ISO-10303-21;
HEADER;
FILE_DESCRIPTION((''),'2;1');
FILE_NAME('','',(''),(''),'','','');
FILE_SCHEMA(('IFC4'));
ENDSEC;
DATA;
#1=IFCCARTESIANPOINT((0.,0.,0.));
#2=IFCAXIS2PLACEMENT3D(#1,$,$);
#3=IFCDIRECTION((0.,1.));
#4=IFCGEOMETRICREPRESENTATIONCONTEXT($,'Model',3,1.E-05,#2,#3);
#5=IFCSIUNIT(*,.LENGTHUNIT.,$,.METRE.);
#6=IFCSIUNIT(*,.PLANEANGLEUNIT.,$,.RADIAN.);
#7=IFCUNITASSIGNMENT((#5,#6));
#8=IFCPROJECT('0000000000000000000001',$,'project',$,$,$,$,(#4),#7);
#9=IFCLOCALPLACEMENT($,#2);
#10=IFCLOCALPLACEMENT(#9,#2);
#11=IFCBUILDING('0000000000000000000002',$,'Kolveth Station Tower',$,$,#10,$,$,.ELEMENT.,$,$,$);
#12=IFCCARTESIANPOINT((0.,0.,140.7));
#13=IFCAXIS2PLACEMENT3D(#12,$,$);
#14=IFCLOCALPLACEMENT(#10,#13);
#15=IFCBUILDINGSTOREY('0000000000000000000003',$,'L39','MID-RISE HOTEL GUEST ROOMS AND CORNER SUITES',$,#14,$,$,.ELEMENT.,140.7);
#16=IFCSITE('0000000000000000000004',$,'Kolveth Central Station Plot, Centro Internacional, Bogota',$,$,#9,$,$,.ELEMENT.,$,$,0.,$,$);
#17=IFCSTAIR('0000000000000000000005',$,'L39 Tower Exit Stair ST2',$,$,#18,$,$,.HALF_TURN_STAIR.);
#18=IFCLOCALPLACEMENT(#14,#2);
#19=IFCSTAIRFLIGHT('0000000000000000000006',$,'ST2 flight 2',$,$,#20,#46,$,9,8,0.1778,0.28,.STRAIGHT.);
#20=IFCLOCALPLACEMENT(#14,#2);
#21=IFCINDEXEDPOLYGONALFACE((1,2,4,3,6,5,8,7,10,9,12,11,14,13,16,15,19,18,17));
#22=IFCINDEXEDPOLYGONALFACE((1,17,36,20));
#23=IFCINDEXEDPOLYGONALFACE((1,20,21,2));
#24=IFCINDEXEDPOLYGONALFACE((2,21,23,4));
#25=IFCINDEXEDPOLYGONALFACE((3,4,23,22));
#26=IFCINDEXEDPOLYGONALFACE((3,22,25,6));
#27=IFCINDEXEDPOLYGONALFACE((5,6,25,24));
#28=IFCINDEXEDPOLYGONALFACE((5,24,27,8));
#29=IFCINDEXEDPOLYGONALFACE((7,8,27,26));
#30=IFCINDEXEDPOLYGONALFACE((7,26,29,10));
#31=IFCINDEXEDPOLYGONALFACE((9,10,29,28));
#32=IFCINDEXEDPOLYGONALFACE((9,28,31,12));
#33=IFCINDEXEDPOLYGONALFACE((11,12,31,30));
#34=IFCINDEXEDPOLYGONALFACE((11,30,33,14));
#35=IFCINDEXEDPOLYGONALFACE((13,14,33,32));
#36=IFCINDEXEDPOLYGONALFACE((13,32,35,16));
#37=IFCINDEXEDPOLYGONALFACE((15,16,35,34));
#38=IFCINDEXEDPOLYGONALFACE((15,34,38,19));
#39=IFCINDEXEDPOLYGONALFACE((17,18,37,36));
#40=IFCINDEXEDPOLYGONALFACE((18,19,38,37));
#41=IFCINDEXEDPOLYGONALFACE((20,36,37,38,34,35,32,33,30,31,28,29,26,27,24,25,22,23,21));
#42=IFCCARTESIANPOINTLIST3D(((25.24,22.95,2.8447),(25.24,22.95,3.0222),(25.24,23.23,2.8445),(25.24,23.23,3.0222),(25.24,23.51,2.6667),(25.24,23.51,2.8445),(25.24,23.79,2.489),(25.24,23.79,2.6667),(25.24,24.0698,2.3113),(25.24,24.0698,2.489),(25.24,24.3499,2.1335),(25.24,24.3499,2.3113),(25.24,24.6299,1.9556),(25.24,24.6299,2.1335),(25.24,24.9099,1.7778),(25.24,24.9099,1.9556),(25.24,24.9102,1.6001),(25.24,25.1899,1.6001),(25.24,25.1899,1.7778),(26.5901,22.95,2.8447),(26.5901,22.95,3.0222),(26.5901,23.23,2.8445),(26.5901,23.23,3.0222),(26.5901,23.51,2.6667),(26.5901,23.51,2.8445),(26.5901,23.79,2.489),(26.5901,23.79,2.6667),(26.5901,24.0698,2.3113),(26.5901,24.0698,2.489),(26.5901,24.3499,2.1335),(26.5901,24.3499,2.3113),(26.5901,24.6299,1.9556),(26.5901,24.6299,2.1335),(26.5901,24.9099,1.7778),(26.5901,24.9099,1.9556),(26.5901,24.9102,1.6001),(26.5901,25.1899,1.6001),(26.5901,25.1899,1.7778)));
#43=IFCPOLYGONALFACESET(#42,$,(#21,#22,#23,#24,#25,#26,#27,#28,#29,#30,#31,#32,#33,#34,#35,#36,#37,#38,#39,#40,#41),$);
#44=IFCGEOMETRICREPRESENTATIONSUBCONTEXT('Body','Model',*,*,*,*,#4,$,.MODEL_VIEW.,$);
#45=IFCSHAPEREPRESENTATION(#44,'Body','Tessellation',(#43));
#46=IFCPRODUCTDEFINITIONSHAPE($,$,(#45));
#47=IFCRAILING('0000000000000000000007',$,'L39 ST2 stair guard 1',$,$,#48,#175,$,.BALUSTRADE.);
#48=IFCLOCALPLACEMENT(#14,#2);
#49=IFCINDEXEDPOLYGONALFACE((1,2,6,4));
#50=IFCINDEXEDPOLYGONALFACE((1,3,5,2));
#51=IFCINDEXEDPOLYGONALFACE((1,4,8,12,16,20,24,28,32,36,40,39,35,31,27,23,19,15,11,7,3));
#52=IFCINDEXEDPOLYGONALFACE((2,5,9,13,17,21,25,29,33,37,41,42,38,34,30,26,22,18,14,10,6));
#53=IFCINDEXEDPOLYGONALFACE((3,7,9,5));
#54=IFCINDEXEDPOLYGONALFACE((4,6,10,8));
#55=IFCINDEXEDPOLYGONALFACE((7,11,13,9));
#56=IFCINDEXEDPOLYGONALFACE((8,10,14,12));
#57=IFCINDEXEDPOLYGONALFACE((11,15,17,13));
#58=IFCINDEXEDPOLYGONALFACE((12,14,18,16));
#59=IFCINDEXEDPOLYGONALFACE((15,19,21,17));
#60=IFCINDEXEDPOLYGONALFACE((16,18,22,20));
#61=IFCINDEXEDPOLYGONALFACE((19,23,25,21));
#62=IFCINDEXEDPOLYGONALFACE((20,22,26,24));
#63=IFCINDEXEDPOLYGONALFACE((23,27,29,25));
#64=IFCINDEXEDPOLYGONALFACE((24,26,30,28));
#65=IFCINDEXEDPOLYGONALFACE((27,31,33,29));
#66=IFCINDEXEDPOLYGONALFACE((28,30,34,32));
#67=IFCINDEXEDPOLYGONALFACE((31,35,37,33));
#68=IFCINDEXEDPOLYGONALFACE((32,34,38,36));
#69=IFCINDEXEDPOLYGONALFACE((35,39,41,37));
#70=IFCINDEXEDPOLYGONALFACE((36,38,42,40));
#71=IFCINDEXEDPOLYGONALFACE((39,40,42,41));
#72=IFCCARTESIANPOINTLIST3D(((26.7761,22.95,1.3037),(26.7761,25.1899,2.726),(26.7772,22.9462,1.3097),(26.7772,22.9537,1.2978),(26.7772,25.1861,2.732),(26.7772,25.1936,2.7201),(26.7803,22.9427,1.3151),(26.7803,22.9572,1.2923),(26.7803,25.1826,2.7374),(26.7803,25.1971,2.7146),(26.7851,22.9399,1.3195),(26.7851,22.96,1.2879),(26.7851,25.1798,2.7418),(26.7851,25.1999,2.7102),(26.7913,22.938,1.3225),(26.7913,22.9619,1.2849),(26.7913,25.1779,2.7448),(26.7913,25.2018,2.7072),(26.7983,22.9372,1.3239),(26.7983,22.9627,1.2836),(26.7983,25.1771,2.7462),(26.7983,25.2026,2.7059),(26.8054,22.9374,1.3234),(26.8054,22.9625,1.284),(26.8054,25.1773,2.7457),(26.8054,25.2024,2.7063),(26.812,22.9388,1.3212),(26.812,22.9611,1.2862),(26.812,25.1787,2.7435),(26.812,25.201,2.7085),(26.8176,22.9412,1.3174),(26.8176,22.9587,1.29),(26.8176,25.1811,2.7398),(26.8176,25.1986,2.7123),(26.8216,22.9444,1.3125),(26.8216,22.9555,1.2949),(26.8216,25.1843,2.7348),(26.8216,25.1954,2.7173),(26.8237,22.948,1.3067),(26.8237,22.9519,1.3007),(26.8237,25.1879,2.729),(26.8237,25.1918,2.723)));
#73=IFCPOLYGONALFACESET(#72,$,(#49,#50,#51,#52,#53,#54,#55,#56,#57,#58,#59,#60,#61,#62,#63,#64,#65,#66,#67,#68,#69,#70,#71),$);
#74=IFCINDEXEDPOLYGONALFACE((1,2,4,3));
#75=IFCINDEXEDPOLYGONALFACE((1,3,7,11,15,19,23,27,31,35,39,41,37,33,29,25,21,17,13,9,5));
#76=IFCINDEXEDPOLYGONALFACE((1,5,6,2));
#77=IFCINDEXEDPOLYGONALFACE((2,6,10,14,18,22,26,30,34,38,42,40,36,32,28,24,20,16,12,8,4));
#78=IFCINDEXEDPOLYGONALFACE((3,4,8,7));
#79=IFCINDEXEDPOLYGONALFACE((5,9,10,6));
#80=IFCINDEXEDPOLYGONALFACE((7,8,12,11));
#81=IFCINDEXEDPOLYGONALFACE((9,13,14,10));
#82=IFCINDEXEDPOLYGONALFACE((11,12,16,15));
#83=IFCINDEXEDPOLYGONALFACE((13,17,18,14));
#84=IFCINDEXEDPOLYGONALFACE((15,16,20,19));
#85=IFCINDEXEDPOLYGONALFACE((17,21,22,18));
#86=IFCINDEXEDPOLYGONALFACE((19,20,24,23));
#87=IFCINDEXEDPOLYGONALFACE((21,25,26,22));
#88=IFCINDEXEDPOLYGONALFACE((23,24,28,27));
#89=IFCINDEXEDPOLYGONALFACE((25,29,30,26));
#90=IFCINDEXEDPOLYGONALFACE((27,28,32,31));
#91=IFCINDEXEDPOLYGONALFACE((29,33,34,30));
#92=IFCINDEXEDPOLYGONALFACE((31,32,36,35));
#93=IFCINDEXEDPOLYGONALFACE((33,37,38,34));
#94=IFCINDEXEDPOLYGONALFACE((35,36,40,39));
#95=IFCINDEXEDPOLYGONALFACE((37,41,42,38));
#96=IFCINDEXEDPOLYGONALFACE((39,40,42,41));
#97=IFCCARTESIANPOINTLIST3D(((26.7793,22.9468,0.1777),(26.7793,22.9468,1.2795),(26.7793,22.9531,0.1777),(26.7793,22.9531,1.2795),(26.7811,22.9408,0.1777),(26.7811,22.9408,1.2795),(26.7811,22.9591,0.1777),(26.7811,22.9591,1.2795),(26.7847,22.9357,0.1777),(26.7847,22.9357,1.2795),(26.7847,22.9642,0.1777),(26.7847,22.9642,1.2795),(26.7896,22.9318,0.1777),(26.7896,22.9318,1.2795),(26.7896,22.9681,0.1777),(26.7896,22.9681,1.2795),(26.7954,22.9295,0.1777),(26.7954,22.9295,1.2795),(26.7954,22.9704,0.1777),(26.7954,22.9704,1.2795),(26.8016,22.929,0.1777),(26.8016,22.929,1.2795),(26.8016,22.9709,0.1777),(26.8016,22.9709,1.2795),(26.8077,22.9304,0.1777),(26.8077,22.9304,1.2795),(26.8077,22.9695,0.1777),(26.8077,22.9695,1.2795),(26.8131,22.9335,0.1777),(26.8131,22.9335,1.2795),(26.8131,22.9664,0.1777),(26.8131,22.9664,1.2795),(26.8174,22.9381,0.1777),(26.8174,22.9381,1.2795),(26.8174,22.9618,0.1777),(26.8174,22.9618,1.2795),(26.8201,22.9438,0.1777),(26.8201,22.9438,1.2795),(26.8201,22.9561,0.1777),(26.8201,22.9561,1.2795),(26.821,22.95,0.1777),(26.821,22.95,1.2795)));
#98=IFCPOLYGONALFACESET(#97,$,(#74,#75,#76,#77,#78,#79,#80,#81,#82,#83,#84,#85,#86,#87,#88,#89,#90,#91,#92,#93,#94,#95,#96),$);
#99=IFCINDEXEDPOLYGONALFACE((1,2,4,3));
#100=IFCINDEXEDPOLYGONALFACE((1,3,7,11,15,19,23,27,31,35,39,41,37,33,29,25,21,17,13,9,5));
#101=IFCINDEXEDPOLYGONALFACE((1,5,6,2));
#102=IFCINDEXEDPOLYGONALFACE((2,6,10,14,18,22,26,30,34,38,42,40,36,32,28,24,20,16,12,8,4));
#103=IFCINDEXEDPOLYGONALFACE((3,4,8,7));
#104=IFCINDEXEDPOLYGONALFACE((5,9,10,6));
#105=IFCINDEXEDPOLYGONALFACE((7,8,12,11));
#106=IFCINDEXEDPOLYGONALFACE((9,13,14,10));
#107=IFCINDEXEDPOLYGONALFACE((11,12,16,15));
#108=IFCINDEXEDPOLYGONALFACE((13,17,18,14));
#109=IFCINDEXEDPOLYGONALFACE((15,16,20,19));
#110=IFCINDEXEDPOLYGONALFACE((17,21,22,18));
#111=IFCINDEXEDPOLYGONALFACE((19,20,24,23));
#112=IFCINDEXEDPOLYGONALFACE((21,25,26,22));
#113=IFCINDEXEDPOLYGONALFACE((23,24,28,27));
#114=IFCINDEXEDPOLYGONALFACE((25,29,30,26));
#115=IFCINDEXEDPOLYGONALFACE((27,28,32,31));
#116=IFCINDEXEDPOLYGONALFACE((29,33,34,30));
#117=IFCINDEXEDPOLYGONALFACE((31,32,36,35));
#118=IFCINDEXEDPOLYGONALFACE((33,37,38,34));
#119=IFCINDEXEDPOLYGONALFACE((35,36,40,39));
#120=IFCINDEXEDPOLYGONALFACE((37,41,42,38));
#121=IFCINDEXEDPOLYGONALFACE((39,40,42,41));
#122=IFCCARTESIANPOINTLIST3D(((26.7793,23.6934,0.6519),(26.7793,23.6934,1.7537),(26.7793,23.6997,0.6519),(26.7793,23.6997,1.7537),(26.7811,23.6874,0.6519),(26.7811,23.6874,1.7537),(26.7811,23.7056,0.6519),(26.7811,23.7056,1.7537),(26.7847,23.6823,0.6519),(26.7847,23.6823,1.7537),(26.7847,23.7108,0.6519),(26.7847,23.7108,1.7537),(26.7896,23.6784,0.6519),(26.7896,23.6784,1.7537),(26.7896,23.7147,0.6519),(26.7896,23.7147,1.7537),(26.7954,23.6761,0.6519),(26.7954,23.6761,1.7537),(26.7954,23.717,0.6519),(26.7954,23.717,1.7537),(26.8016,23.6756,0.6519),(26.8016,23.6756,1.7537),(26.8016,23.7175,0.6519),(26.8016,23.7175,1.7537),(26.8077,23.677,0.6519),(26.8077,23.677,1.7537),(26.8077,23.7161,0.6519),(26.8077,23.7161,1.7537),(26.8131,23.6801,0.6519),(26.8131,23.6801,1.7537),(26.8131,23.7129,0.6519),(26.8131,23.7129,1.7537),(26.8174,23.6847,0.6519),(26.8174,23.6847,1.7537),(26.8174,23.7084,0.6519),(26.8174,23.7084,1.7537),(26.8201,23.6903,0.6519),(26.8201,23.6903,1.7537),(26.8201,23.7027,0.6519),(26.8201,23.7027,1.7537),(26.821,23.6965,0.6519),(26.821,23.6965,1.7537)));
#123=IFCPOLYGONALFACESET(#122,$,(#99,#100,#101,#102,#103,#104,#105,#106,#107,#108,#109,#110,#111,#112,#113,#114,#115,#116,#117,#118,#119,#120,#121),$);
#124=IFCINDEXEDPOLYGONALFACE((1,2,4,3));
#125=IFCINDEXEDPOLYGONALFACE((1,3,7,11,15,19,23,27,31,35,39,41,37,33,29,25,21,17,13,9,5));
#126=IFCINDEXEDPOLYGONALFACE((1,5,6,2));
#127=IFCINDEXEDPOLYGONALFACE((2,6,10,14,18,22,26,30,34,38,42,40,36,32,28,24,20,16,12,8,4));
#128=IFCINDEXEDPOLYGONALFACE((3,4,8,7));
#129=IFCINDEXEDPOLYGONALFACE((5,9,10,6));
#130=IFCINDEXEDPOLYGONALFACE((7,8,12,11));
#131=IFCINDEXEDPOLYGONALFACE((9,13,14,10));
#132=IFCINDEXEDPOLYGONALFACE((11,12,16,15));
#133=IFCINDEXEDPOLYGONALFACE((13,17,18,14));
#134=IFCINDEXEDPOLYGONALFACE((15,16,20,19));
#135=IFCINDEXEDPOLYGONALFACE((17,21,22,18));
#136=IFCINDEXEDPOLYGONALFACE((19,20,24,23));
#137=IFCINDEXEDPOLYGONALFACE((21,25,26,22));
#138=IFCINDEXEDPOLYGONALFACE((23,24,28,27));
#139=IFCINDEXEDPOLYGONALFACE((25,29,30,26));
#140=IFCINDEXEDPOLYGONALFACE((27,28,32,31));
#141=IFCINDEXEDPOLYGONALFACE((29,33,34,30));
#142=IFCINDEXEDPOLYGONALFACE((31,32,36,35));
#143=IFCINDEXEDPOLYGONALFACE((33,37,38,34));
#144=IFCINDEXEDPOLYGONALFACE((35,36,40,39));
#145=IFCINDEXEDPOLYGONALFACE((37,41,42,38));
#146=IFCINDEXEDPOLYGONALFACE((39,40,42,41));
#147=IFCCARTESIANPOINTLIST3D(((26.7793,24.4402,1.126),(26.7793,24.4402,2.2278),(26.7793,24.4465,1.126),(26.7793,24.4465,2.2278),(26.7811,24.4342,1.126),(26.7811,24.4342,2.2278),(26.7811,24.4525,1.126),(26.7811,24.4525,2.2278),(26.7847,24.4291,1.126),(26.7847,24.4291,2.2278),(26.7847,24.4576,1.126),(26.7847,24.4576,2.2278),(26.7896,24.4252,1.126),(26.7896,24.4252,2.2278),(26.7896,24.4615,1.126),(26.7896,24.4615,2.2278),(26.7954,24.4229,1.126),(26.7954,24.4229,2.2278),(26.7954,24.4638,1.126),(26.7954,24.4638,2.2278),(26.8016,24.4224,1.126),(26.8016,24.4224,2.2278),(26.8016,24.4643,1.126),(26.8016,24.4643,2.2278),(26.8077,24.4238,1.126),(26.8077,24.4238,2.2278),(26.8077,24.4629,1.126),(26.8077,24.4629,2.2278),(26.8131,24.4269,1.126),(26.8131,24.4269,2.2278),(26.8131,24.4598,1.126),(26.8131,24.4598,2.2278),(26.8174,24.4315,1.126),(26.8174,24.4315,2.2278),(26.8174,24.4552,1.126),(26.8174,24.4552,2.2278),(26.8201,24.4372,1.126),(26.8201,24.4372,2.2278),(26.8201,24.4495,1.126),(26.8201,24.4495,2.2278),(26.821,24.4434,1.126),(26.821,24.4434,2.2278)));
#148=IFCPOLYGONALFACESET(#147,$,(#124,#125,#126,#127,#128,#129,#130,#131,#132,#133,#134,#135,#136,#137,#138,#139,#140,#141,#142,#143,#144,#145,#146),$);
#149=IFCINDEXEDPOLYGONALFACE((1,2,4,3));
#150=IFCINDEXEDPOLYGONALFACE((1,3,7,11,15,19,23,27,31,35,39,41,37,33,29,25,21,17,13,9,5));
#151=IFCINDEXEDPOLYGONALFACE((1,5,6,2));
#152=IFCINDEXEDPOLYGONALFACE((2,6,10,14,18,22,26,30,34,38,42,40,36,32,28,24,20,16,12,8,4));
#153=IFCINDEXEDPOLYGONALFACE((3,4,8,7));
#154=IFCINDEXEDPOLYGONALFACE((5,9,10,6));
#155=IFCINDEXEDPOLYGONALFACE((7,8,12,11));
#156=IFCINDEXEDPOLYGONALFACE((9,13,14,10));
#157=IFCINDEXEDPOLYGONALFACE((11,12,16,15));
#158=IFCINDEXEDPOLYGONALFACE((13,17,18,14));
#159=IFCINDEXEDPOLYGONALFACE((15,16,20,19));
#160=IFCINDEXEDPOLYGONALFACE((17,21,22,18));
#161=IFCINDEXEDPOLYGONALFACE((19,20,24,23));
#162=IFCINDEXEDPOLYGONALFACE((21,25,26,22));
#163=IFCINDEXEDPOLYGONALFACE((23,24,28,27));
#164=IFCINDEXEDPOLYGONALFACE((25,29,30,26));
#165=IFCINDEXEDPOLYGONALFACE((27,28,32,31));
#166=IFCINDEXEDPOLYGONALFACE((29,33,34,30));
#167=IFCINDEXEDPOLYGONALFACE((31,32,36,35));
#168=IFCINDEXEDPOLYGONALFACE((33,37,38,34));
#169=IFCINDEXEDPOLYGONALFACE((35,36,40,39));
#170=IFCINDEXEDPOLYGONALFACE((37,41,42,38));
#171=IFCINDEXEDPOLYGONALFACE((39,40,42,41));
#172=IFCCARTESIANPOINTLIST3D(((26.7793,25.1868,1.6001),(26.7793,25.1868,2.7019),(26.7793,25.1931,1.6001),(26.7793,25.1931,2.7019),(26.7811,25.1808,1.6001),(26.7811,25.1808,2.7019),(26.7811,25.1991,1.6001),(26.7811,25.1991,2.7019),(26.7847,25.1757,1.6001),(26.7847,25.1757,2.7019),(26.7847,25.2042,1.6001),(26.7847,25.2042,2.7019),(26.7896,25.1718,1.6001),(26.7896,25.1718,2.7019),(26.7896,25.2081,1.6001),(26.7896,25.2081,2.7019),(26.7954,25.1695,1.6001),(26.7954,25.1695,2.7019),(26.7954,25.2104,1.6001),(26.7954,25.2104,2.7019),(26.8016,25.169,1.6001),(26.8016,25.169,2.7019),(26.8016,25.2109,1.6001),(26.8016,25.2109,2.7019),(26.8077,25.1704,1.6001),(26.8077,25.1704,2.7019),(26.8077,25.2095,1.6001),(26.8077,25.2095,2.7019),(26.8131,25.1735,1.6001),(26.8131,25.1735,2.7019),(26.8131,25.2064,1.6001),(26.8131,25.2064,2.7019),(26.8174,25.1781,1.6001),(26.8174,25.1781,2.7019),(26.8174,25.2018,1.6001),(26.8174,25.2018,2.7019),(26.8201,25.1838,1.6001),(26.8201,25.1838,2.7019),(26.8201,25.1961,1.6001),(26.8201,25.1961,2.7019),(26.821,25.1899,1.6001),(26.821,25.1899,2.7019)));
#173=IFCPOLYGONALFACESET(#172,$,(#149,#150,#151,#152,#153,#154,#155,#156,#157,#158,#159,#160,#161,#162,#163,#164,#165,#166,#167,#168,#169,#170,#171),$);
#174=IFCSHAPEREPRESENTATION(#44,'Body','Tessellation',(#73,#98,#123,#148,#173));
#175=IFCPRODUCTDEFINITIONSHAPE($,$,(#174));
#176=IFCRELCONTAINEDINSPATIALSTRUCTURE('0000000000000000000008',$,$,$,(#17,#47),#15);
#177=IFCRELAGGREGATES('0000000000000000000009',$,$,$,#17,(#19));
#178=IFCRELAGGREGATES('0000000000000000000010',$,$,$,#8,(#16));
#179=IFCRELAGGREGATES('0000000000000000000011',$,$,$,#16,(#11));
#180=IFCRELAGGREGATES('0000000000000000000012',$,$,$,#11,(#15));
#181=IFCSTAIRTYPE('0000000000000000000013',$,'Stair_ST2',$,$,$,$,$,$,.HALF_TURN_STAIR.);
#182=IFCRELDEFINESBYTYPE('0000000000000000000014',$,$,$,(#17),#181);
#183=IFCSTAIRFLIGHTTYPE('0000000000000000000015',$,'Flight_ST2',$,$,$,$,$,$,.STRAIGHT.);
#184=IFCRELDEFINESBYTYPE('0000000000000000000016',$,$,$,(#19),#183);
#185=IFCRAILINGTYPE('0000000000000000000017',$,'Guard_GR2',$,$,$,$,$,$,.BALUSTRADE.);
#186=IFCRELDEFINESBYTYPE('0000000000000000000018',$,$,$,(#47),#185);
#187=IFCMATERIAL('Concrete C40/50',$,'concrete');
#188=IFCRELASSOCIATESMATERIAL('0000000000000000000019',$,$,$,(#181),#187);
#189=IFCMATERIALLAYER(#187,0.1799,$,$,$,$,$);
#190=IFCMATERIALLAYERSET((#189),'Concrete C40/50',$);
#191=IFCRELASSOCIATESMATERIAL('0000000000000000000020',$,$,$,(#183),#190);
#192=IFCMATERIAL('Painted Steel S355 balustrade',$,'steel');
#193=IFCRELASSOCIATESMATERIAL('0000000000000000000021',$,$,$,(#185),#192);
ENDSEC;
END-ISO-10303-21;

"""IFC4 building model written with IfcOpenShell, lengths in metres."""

from ifc_helpers import new_model, si_unit, direction, frame, origin, origin_2d, place, context, subcontext, project, spatial, polyline, circle, outline, extrude, material, layer, layer_set, type_object, element, aggregate, save


model = new_model("IFC4")

# Units and contexts
model_context = context("Model", 3, precision=1e-05, world=origin(), true_north=direction((0.0, 1.0)))
body_context = subcontext(model_context, "Body", "Model", "MODEL_VIEW")
ifc_project = project(units=[si_unit("LENGTHUNIT", "METRE"), si_unit("PLANEANGLEUNIT", "RADIAN")], contexts=[model_context])

# Site, building, storey
site_placement = place(None, origin())
site = spatial("IfcSite", under=ifc_project, at=site_placement, Name="Kolveth Central Station Plot, Centro Internacional, Bogota", CompositionType="ELEMENT", RefElevation=0.0)
building_placement = place(site_placement, origin())
building = spatial("IfcBuilding", under=site, at=building_placement, Name="Kolveth Station Tower", CompositionType="ELEMENT")
storey_placement = place(building_placement, frame((0.0, 0.0, 140.7)))
storey = spatial("IfcBuildingStorey", under=building, at=storey_placement, Name="L39", Description="MID-RISE HOTEL GUEST ROOMS AND CORNER SUITES", CompositionType="ELEMENT", Elevation=140.7)

# Shared definitions
ifc_material_1 = material(Name="Concrete C40/50", Category="concrete")

# Stair, stair flight
stair_type = type_object("IfcStairType", Name="Stair_ST2", PredefinedType="HALF_TURN_STAIR", material=ifc_material_1)
stair_placement = place(storey_placement, origin())
stair = element("IfcStair", 1, at=stair_placement, inside=storey, type_object=stair_type, Name="L39 Tower Exit Stair ST2", PredefinedType="HALF_TURN_STAIR")
ifc_layer_1 = layer(ifc_material_1, 0.1799)
ifc_layer_set_1 = layer_set([ifc_layer_1], Name="Concrete C40/50")
stair_flight_type = type_object("IfcStairFlightType", Name="Flight_ST2", PredefinedType="STRAIGHT", material=ifc_layer_set_1)
stair_flight_1_placement = place(storey_placement, frame((25.915, 25.1899, 1.6001), z_axis=(0.0, 0.0, 1.0), x_axis=(0.0, -1.0, 0.0)))
stair_flight_1 = element("IfcStairFlight", 2, at=stair_flight_1_placement, type_object=stair_flight_type, Name="ST2 flight 2", NumberOfRisers=9, NumberOfTreads=8, PredefinedType="STRAIGHT", RiserHeight=0.1778, TreadLength=0.28, context=body_context, shape_type="SweptSolid", body=[
    extrude(outline(polyline([(0.0, 0.0), (0.0, 0.1777), (0.28, 0.1777), (0.28, 0.3555), (0.5601, 0.3555), (0.5601, 0.5334), (0.8401, 0.5334), (0.8401, 0.7112), (1.1201, 0.7112), (1.1201, 0.8889), (1.3999, 0.8889), (1.3999, 1.0667), (1.6799, 1.0667), (1.6799, 1.2444), (1.96, 1.2444), (1.96, 1.4221), (2.24, 1.4221), (2.24, 1.6001), (2.24, 1.2446), (0.2798, 0.0), (0.0, 0.0)])), frame((0.0, 0.675, 0.0), z_axis=(0.0, -1.0, 0.0), x_axis=(1.0, 0.0, 0.0)), (0.0, 0.0, 1.0), 1.3501),
])
aggregate(stair, [stair_flight_1])

# Railing
ifc_material_2 = material(Name="Painted Steel S355 balustrade", Category="steel")
railing_type_1 = type_object("IfcRailingType", Name="Guard_GR2", PredefinedType="BALUSTRADE", material=ifc_material_2)
railing_1_placement = place(storey_placement, frame((26.8, 22.95, 0.1777)))
element("IfcRailing", 3, at=railing_1_placement, inside=storey, type_object=railing_type_1, Name="L39 ST2 stair guard 1", PredefinedType="BALUSTRADE", context=body_context, shape_type="SweptSolid", body=[
    extrude(circle(Radius=0.0239, at=origin_2d()), frame((0.0, 0.0, 1.126), z_axis=(0.0, 0.844188, 0.536048), x_axis=(-1.0, 0.0, 0.0)), (0.0, 0.0, 1.0), 2.6533),
    extrude(circle(Radius=0.021, at=origin_2d()), origin(), (0.0, 0.0, 1.0), 1.1018),
    extrude(circle(Radius=0.021, at=origin_2d()), frame((0.0, 0.7466, 0.4741)), (0.0, 0.0, 1.0), 1.1018),
    extrude(circle(Radius=0.021, at=origin_2d()), frame((0.0, 1.4934, 0.9482)), (0.0, 0.0, 1.0), 1.1018),
    extrude(circle(Radius=0.021, at=origin_2d()), frame((0.0, 2.24, 1.4224)), (0.0, 0.0, 1.0), 1.1018),
])

save(model, "model.ifc")
